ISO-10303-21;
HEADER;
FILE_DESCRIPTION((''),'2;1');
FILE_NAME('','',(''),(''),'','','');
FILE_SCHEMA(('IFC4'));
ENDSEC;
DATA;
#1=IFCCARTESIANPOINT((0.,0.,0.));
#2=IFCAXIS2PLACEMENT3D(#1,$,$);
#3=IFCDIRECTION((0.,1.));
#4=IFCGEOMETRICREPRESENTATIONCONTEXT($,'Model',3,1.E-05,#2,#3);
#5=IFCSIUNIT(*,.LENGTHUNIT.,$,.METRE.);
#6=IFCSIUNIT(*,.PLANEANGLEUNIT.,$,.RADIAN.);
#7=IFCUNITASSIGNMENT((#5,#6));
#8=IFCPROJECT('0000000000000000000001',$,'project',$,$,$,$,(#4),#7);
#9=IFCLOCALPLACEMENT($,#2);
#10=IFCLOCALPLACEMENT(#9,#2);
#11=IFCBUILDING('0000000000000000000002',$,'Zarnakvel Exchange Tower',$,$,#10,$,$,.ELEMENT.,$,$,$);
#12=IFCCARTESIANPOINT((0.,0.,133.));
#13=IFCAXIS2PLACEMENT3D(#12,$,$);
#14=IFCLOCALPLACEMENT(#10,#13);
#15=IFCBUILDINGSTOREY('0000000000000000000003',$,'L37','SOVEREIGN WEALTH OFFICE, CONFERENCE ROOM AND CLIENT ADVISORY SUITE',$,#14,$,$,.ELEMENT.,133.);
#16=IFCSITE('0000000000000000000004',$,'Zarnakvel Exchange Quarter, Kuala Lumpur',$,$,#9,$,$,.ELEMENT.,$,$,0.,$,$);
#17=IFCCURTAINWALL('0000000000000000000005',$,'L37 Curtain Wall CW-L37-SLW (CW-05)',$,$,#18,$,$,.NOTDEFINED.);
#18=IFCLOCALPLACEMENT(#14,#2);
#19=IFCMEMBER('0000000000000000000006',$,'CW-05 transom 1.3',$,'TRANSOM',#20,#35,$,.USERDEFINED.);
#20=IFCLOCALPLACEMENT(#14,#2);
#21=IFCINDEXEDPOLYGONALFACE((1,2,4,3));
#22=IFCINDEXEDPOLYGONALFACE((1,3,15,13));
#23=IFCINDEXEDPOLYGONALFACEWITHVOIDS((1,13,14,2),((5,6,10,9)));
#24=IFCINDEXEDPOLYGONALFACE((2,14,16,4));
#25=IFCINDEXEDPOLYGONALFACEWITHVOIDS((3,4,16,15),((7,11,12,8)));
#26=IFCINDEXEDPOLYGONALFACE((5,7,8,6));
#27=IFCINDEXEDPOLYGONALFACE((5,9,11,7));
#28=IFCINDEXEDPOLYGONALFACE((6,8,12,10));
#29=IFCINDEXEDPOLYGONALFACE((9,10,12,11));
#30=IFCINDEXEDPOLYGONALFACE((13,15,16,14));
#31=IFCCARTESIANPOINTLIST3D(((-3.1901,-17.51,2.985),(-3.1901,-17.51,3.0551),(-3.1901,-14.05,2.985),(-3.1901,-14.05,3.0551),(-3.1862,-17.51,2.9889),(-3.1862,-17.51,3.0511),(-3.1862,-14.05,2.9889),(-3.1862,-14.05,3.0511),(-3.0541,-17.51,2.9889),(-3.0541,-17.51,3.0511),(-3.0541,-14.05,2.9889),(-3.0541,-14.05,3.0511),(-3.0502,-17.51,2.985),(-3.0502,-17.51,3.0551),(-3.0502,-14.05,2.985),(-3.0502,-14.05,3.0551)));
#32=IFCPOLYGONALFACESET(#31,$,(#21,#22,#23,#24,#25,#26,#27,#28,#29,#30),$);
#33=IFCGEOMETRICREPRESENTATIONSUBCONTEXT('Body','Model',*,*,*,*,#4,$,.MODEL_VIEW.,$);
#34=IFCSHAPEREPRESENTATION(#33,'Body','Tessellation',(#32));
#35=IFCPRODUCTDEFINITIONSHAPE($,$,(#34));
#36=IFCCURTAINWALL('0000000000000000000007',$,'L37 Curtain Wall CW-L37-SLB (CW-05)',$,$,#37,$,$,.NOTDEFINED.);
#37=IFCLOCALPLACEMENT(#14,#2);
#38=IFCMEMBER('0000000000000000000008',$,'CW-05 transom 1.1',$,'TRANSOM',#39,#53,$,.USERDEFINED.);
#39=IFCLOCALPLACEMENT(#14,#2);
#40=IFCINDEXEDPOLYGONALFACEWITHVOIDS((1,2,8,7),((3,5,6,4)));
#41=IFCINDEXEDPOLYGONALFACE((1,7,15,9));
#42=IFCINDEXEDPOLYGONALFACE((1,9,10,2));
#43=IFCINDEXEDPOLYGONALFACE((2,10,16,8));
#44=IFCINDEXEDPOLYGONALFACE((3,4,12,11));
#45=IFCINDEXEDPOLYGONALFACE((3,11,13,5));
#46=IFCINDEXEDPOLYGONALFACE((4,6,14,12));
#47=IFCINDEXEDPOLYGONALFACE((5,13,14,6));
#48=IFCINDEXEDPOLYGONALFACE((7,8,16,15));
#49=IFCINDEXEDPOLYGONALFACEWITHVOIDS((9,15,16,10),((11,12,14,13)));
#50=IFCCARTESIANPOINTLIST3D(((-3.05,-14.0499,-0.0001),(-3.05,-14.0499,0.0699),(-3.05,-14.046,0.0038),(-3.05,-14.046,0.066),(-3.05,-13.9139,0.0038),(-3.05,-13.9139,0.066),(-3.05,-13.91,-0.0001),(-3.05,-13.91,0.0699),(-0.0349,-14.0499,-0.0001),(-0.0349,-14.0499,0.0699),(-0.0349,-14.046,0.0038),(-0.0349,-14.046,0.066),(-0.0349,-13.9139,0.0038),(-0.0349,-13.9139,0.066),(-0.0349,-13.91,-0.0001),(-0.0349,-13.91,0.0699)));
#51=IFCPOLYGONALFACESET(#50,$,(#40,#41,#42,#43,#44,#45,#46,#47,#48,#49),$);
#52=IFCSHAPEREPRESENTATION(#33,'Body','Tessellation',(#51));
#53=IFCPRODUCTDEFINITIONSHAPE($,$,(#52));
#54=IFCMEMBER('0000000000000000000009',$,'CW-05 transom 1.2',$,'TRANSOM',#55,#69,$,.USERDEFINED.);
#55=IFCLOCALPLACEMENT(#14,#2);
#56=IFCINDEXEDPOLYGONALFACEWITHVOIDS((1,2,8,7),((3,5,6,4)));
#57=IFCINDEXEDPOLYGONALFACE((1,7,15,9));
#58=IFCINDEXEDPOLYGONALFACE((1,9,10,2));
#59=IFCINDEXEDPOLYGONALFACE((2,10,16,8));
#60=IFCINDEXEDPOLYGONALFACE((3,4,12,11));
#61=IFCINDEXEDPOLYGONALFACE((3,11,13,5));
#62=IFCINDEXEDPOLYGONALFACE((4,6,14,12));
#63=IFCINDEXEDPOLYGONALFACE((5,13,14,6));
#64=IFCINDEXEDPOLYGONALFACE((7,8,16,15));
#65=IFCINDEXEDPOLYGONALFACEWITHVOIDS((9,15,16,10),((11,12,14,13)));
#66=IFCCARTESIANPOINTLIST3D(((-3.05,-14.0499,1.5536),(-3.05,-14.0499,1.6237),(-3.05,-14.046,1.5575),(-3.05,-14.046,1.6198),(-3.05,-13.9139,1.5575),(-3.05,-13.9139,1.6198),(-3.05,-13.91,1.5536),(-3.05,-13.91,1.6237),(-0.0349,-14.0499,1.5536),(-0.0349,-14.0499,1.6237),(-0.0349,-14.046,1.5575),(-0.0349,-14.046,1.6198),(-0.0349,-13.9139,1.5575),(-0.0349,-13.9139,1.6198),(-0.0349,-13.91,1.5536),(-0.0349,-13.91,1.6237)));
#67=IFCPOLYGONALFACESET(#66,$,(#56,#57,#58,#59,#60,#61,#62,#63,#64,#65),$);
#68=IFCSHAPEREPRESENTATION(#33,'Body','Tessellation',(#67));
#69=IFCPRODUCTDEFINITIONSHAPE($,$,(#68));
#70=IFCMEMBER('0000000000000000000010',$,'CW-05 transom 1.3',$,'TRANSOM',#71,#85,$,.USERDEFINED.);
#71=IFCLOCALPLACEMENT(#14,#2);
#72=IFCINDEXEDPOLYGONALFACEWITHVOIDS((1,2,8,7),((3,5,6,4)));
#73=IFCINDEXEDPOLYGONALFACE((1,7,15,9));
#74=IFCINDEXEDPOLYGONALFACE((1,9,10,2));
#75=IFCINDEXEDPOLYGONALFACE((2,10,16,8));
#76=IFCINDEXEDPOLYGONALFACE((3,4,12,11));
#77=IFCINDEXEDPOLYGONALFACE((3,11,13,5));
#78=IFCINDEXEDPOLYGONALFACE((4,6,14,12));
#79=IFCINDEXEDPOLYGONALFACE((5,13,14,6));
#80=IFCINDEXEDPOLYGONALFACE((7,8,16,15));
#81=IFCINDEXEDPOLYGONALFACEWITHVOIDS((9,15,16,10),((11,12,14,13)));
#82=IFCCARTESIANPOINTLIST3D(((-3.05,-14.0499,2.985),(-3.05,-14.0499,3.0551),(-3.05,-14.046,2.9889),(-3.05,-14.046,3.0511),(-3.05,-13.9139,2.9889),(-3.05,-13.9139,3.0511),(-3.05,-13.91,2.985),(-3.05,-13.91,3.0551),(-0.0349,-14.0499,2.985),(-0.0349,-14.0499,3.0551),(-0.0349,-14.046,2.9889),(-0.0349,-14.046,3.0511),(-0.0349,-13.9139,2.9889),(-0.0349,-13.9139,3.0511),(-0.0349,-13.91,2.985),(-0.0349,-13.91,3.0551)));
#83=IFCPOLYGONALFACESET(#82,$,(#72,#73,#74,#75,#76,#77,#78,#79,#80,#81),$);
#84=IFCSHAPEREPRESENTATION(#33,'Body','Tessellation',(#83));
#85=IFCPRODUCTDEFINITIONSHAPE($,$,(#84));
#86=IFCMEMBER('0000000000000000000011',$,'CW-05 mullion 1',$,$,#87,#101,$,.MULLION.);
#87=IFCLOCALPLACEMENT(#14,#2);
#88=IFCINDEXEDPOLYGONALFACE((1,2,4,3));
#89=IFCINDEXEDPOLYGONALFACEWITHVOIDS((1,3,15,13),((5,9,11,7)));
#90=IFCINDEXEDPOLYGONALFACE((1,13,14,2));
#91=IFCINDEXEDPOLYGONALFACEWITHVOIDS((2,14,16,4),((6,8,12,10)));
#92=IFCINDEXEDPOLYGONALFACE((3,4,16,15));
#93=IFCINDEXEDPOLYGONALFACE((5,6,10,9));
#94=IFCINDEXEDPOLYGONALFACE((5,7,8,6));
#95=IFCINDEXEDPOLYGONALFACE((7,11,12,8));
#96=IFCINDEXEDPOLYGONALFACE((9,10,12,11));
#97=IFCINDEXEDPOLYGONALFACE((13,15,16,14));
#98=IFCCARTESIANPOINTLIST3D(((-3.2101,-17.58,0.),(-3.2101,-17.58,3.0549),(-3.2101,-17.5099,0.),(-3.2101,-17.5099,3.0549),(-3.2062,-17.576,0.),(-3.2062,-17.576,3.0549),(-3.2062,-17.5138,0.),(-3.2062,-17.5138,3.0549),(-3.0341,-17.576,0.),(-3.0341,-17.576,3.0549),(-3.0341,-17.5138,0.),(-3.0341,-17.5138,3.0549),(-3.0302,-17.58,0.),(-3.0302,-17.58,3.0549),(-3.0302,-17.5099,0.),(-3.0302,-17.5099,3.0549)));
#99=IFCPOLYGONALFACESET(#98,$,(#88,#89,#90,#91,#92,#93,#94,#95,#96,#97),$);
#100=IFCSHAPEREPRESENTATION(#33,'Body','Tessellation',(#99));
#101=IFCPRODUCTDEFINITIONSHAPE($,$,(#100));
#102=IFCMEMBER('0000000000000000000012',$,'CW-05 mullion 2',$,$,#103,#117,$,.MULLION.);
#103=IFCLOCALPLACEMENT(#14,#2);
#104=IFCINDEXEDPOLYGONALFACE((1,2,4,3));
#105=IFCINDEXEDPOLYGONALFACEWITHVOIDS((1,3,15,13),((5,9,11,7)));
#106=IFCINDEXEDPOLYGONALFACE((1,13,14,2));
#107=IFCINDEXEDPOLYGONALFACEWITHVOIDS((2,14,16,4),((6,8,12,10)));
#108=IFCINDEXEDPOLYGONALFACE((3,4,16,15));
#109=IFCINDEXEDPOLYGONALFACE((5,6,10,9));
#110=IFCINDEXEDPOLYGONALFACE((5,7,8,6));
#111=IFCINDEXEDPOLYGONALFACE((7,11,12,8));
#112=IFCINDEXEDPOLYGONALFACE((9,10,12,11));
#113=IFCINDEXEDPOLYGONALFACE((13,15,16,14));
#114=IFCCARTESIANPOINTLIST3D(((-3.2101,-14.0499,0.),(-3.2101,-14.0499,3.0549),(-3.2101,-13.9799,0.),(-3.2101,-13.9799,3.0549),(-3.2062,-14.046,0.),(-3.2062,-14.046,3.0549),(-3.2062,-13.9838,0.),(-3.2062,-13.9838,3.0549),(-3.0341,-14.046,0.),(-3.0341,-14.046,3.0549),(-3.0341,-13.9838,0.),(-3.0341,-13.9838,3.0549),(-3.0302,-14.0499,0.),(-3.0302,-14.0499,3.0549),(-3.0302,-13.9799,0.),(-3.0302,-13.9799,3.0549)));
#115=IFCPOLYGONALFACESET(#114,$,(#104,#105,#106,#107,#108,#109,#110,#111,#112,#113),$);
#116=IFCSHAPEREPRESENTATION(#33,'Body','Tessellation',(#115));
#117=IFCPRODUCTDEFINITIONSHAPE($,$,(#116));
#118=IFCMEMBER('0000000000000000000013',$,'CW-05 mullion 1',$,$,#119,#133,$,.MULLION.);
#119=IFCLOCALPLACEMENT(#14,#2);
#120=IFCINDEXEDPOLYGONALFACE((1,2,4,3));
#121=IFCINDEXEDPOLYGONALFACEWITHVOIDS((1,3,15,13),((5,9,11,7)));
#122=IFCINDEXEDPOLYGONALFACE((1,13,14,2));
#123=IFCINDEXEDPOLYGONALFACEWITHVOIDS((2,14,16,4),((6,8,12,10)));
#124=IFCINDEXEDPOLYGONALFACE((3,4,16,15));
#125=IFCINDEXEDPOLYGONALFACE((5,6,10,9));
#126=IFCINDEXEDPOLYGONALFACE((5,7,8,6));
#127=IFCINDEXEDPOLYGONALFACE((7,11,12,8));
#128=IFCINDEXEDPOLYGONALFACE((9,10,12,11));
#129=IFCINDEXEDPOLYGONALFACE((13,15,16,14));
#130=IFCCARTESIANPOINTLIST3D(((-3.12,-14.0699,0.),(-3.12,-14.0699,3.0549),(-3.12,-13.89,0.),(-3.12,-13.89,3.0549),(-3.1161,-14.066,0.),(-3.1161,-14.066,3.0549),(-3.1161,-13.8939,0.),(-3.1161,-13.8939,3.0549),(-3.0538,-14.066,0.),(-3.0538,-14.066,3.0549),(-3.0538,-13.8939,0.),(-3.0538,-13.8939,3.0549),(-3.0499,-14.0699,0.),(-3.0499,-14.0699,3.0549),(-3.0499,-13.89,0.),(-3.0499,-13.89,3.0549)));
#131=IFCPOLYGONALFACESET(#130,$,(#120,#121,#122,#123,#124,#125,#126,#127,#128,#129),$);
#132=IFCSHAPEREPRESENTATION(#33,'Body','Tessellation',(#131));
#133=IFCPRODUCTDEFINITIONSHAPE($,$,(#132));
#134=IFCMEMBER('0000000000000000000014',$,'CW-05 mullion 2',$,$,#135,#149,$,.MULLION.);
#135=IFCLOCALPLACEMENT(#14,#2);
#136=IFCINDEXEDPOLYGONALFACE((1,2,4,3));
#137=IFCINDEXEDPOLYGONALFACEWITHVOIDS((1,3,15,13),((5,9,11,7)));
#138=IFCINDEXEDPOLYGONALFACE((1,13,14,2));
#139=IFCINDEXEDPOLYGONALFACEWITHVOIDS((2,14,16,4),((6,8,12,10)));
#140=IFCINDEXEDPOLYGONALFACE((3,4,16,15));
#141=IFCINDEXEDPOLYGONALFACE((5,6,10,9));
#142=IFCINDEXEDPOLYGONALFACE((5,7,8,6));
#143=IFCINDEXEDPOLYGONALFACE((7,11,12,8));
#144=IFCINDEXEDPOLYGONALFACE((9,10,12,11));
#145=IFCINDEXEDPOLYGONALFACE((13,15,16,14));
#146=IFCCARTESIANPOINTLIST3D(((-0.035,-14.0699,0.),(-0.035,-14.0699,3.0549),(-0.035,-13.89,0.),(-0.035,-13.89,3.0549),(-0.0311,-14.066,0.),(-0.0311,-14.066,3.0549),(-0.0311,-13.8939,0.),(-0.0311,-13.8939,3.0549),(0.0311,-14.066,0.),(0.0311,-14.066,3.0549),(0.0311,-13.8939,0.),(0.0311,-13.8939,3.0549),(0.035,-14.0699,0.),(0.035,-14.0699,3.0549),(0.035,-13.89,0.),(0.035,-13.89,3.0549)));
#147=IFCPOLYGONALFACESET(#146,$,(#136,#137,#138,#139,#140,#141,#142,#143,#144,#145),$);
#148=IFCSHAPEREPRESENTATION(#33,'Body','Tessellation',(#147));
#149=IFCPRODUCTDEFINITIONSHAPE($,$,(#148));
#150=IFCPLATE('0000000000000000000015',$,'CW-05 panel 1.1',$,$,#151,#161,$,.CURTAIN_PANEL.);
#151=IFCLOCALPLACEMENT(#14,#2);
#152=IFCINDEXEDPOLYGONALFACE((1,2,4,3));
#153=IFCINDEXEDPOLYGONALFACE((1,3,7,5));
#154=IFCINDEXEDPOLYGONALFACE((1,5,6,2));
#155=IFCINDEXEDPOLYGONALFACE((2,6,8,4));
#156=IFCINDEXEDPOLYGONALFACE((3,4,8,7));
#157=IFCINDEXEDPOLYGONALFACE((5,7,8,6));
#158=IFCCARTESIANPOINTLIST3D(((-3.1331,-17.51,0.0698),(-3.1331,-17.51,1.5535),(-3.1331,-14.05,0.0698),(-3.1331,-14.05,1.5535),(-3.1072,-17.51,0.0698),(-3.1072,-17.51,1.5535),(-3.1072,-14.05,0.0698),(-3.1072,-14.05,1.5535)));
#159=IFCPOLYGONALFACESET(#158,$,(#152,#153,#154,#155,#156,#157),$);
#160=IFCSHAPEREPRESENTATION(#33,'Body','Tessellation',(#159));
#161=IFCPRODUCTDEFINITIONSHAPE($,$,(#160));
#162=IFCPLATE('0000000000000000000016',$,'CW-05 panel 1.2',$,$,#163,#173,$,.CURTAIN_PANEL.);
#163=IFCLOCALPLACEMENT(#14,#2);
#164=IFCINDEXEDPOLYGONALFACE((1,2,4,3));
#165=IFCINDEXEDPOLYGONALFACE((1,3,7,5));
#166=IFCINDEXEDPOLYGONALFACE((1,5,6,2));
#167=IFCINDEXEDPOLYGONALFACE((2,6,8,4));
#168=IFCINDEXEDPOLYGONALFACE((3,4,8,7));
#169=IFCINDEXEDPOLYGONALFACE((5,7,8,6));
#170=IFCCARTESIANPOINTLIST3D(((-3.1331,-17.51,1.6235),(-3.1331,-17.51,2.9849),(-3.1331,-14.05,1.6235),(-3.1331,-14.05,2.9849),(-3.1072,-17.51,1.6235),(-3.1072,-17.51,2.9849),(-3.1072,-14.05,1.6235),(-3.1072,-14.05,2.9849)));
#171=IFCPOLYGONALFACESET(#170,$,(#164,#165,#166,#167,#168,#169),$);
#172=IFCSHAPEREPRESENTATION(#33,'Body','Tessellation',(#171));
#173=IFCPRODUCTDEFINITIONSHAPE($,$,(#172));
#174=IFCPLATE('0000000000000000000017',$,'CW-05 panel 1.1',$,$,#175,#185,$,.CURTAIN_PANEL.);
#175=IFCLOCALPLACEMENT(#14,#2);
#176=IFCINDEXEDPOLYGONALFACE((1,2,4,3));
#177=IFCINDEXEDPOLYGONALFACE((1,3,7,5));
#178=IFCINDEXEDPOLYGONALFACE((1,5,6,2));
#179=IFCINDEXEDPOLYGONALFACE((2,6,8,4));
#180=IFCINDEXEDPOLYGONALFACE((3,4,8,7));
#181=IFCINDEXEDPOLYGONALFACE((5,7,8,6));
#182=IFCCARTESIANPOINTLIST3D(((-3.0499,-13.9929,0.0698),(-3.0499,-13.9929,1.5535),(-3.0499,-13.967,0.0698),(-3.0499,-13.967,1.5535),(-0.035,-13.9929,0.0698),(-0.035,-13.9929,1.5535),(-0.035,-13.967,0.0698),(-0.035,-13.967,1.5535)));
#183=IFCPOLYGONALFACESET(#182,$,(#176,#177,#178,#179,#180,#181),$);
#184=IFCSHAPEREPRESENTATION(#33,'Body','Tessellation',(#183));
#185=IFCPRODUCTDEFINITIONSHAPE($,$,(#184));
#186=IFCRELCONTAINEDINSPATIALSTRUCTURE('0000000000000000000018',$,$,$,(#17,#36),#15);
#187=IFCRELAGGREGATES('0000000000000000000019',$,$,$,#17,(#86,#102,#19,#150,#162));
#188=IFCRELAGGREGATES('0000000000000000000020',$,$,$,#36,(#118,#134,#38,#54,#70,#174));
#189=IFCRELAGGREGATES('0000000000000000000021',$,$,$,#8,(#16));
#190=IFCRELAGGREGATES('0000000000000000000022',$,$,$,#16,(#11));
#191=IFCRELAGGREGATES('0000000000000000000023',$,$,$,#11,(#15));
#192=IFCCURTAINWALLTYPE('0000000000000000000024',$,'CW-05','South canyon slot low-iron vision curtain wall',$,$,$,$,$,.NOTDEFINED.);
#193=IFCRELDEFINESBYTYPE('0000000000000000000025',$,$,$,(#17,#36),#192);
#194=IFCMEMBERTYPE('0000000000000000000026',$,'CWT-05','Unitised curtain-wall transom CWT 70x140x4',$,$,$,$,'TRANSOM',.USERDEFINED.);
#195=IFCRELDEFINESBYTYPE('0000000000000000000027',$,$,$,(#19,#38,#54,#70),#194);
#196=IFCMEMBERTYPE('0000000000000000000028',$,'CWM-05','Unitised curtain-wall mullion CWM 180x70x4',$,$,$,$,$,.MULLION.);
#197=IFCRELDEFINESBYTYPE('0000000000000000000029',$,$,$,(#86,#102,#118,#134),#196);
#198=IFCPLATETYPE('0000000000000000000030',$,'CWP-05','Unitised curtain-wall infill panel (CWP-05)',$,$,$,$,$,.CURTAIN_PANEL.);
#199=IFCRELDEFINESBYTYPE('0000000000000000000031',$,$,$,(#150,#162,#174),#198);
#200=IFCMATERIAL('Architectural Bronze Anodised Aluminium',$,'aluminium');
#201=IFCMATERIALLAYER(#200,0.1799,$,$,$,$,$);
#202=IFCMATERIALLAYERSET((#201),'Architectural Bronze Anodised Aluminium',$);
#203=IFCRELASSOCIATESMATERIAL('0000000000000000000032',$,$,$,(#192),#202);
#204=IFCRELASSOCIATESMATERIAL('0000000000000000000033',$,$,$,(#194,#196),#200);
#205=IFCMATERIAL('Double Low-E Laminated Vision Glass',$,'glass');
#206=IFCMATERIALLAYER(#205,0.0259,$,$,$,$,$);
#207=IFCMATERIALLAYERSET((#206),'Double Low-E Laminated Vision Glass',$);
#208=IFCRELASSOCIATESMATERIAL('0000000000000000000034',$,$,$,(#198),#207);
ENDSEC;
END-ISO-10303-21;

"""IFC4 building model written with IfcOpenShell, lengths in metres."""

from ifc_helpers import new_model, si_unit, direction, frame, origin, origin_2d, place, context, subcontext, project, spatial, rectangle, hollow_rectangle, extrude, source, transform, mapped, material, layer, layer_set, material_profile, profile_set, type_object, element, aggregate, save


model = new_model("IFC4")

# Units and contexts
model_context = context("Model", 3, precision=1e-05, world=origin(), true_north=direction((0.0, 1.0)))
body_context = subcontext(model_context, "Body", "Model", "MODEL_VIEW")
ifc_project = project(units=[si_unit("LENGTHUNIT", "METRE"), si_unit("PLANEANGLEUNIT", "RADIAN")], contexts=[model_context])

# Site, building, storey
site_placement = place(None, origin())
site = spatial("IfcSite", under=ifc_project, at=site_placement, Name="Zarnakvel Exchange Quarter, Kuala Lumpur", CompositionType="ELEMENT", RefElevation=0.0)
building_placement = place(site_placement, origin())
building = spatial("IfcBuilding", under=site, at=building_placement, Name="Zarnakvel Exchange Tower", CompositionType="ELEMENT")
storey_placement = place(building_placement, frame((0.0, 0.0, 133.0)))
storey = spatial("IfcBuildingStorey", under=building, at=storey_placement, Name="L37", Description="SOVEREIGN WEALTH OFFICE, CONFERENCE ROOM AND CLIENT ADVISORY SUITE", CompositionType="ELEMENT", Elevation=133.0)

# Curtain walls, members
ifc_material_1 = material(Name="Architectural Bronze Anodised Aluminium", Category="aluminium")
ifc_layer_1 = layer(ifc_material_1, 0.1799)
ifc_layer_set_1 = layer_set([ifc_layer_1], Name="Architectural Bronze Anodised Aluminium")
curtain_wall_type = type_object("IfcCurtainWallType", Name="CW-05", Description="South canyon slot low-iron vision curtain wall", PredefinedType="NOTDEFINED", material=ifc_layer_set_1)
curtain_wall_1_placement = place(storey_placement, origin())
curtain_wall_1 = element("IfcCurtainWall", 1, at=curtain_wall_1_placement, inside=storey, type_object=curtain_wall_type, Name="L37 Curtain Wall CW-L37-SLW (CW-05)", PredefinedType="NOTDEFINED")
ifc_material_profile_1 = material_profile(ifc_material_1, hollow_rectangle(XDim=0.1399, YDim=0.0701, WallThickness=0.0039, at=origin_2d()))
ifc_profile_set_1 = profile_set([ifc_material_profile_1], Name="Architectural Bronze Anodised Aluminium")
member_type_1 = type_object("IfcMemberType", Name="CWT-05", Description="Unitised curtain-wall transom CWT 70x140x4", ElementType="TRANSOM", PredefinedType="USERDEFINED", material=ifc_profile_set_1)
shared_shape_1 = source(origin(), body_context, "Body", "SweptSolid", [
    extrude(hollow_rectangle(XDim=0.1399, YDim=0.0701, WallThickness=0.0039, at=origin_2d()), origin(), (0.0, 0.0, 1.0), 3.46),
])
member_1_placement = place(storey_placement, frame((-3.1201, -17.51, 3.02), z_axis=(0.0, 1.0, 0.0), x_axis=(-1.0, 0.0, 0.0)))
member_1 = element("IfcMember", 2, at=member_1_placement, type_object=member_type_1, Name="CW-05 transom 1.3", ObjectType="TRANSOM", PredefinedType="USERDEFINED", context=body_context, shape_type="MappedRepresentation", body=[
    mapped(shared_shape_1, transform((0.0, 0.0, 0.0), x_axis=(1.0, 0.0, 0.0), y_axis=(0.0, 1.0, 0.0), z_axis=(0.0, 0.0, 1.0), scale=1.0)),
])
curtain_wall_2_placement = place(storey_placement, origin())
curtain_wall_2 = element("IfcCurtainWall", 3, at=curtain_wall_2_placement, inside=storey, type_object=curtain_wall_type, Name="L37 Curtain Wall CW-L37-SLB (CW-05)", PredefinedType="NOTDEFINED")
shared_shape_2 = source(origin(), body_context, "Body", "SweptSolid", [
    extrude(hollow_rectangle(XDim=0.1399, YDim=0.0701, WallThickness=0.0039, at=origin_2d()), origin(), (0.0, 0.0, 1.0), 3.0151),
])
member_2_placement = place(storey_placement, frame((-3.05, -13.98, 0.0349), z_axis=(1.0, 0.0, 0.0), x_axis=(0.0, 1.0, 0.0)))
member_2 = element("IfcMember", 4, at=member_2_placement, type_object=member_type_1, Name="CW-05 transom 1.1", ObjectType="TRANSOM", PredefinedType="USERDEFINED", context=body_context, shape_type="MappedRepresentation", body=[
    mapped(shared_shape_2, transform((0.0, 0.0, 0.0), x_axis=(1.0, 0.0, 0.0), y_axis=(0.0, 1.0, 0.0), z_axis=(0.0, 0.0, 1.0), scale=1.0)),
])
member_3_placement = place(storey_placement, frame((-3.05, -13.98, 1.5886), z_axis=(1.0, 0.0, 0.0), x_axis=(0.0, 1.0, 0.0)))
member_3 = element("IfcMember", 5, at=member_3_placement, type_object=member_type_1, Name="CW-05 transom 1.2", ObjectType="TRANSOM", PredefinedType="USERDEFINED", context=body_context, shape_type="MappedRepresentation", body=[
    mapped(shared_shape_2, transform((0.0, 0.0, 0.0), x_axis=(1.0, 0.0, 0.0), y_axis=(0.0, 1.0, 0.0), z_axis=(0.0, 0.0, 1.0), scale=1.0)),
])
member_4_placement = place(storey_placement, frame((-3.05, -13.98, 3.02), z_axis=(1.0, 0.0, 0.0), x_axis=(0.0, 1.0, 0.0)))
member_4 = element("IfcMember", 6, at=member_4_placement, type_object=member_type_1, Name="CW-05 transom 1.3", ObjectType="TRANSOM", PredefinedType="USERDEFINED", context=body_context, shape_type="MappedRepresentation", body=[
    mapped(shared_shape_2, transform((0.0, 0.0, 0.0), x_axis=(1.0, 0.0, 0.0), y_axis=(0.0, 1.0, 0.0), z_axis=(0.0, 0.0, 1.0), scale=1.0)),
])

# Members
ifc_material_profile_2 = material_profile(ifc_material_1, hollow_rectangle(XDim=0.1799, YDim=0.0701, WallThickness=0.0039, at=origin_2d()))
ifc_profile_set_2 = profile_set([ifc_material_profile_2], Name="Architectural Bronze Anodised Aluminium")
member_type_2 = type_object("IfcMemberType", Name="CWM-05", Description="Unitised curtain-wall mullion CWM 180x70x4", PredefinedType="MULLION", material=ifc_profile_set_2)
shared_shape_3 = source(origin(), body_context, "Body", "SweptSolid", [
    extrude(hollow_rectangle(XDim=0.1799, YDim=0.0701, WallThickness=0.0039, at=origin_2d()), origin(), (0.0, 0.0, 1.0), 3.0549),
])
member_5_placement = place(storey_placement, frame((-3.1201, -17.5449, 0.0), z_axis=(0.0, 0.0, 1.0), x_axis=(-1.0, 0.0, 0.0)))
member_5 = element("IfcMember", 7, at=member_5_placement, type_object=member_type_2, Name="CW-05 mullion 1", PredefinedType="MULLION", context=body_context, shape_type="MappedRepresentation", body=[
    mapped(shared_shape_3, transform((0.0, 0.0, 0.0), x_axis=(1.0, 0.0, 0.0), y_axis=(0.0, 1.0, 0.0), z_axis=(0.0, 0.0, 1.0), scale=1.0)),
])
member_6_placement = place(storey_placement, frame((-3.1201, -14.0149, 0.0), z_axis=(0.0, 0.0, 1.0), x_axis=(-1.0, 0.0, 0.0)))
member_6 = element("IfcMember", 8, at=member_6_placement, type_object=member_type_2, Name="CW-05 mullion 2", PredefinedType="MULLION", context=body_context, shape_type="MappedRepresentation", body=[
    mapped(shared_shape_3, transform((0.0, 0.0, 0.0), x_axis=(1.0, 0.0, 0.0), y_axis=(0.0, 1.0, 0.0), z_axis=(0.0, 0.0, 1.0), scale=1.0)),
])
member_7_placement = place(storey_placement, frame((-3.085, -13.98, 0.0), z_axis=(0.0, 0.0, 1.0), x_axis=(0.0, 1.0, 0.0)))
member_7 = element("IfcMember", 9, at=member_7_placement, type_object=member_type_2, Name="CW-05 mullion 1", PredefinedType="MULLION", context=body_context, shape_type="MappedRepresentation", body=[
    mapped(shared_shape_3, transform((0.0, 0.0, 0.0), x_axis=(1.0, 0.0, 0.0), y_axis=(0.0, 1.0, 0.0), z_axis=(0.0, 0.0, 1.0), scale=1.0)),
])
member_8_placement = place(storey_placement, frame((0.0, -13.98, 0.0), z_axis=(0.0, 0.0, 1.0), x_axis=(0.0, 1.0, 0.0)))
member_8 = element("IfcMember", 10, at=member_8_placement, type_object=member_type_2, Name="CW-05 mullion 2", PredefinedType="MULLION", context=body_context, shape_type="MappedRepresentation", body=[
    mapped(shared_shape_3, transform((0.0, 0.0, 0.0), x_axis=(1.0, 0.0, 0.0), y_axis=(0.0, 1.0, 0.0), z_axis=(0.0, 0.0, 1.0), scale=1.0)),
])

# Plates
ifc_material_2 = material(Name="Double Low-E Laminated Vision Glass", Category="glass")
ifc_layer_2 = layer(ifc_material_2, 0.0259)
ifc_layer_set_2 = layer_set([ifc_layer_2], Name="Double Low-E Laminated Vision Glass")
plate_type = type_object("IfcPlateType", Name="CWP-05", Description="Unitised curtain-wall infill panel (CWP-05)", PredefinedType="CURTAIN_PANEL", material=ifc_layer_set_2)
shared_shape_4 = source(origin(), body_context, "Body", "SweptSolid", [
    extrude(rectangle(XDim=3.46, YDim=0.0259, at=origin_2d()), origin(), (0.0, 0.0, 1.0), 1.4836),
])
plate_1_placement = place(storey_placement, frame((-3.1201, -15.78, 0.0698), z_axis=(0.0, 0.0, 1.0), x_axis=(0.0, 1.0, 0.0)))
plate_1 = element("IfcPlate", 11, at=plate_1_placement, type_object=plate_type, Name="CW-05 panel 1.1", PredefinedType="CURTAIN_PANEL", context=body_context, shape_type="MappedRepresentation", body=[
    mapped(shared_shape_4, transform((0.0, 0.0, 0.0), x_axis=(1.0, 0.0, 0.0), y_axis=(0.0, 1.0, 0.0), z_axis=(0.0, 0.0, 1.0), scale=1.0)),
])
shared_shape_5 = source(origin(), body_context, "Body", "SweptSolid", [
    extrude(rectangle(XDim=3.46, YDim=0.0259, at=origin_2d()), origin(), (0.0, 0.0, 1.0), 1.3613),
])
plate_2_placement = place(storey_placement, frame((-3.1201, -15.78, 1.6235), z_axis=(0.0, 0.0, 1.0), x_axis=(0.0, 1.0, 0.0)))
plate_2 = element("IfcPlate", 12, at=plate_2_placement, type_object=plate_type, Name="CW-05 panel 1.2", PredefinedType="CURTAIN_PANEL", context=body_context, shape_type="MappedRepresentation", body=[
    mapped(shared_shape_5, transform((0.0, 0.0, 0.0), x_axis=(1.0, 0.0, 0.0), y_axis=(0.0, 1.0, 0.0), z_axis=(0.0, 0.0, 1.0), scale=1.0)),
])
aggregate(curtain_wall_1, [member_5, member_6, member_1, plate_1, plate_2])
shared_shape_6 = source(origin(), body_context, "Body", "SweptSolid", [
    extrude(rectangle(XDim=3.0149, YDim=0.0259, at=origin_2d()), origin(), (0.0, 0.0, 1.0), 1.4836),
])
plate_3_placement = place(storey_placement, frame((-1.5425, -13.98, 0.0698), z_axis=(0.0, 0.0, 1.0), x_axis=(1.0, 0.0, 0.0)))
plate_3 = element("IfcPlate", 13, at=plate_3_placement, type_object=plate_type, Name="CW-05 panel 1.1", PredefinedType="CURTAIN_PANEL", context=body_context, shape_type="MappedRepresentation", body=[
    mapped(shared_shape_6, transform((0.0, 0.0, 0.0), x_axis=(1.0, 0.0, 0.0), y_axis=(0.0, 1.0, 0.0), z_axis=(0.0, 0.0, 1.0), scale=1.0)),
])
aggregate(curtain_wall_2, [member_7, member_8, member_2, member_3, member_4, plate_3])

save(model, "model.ifc")
